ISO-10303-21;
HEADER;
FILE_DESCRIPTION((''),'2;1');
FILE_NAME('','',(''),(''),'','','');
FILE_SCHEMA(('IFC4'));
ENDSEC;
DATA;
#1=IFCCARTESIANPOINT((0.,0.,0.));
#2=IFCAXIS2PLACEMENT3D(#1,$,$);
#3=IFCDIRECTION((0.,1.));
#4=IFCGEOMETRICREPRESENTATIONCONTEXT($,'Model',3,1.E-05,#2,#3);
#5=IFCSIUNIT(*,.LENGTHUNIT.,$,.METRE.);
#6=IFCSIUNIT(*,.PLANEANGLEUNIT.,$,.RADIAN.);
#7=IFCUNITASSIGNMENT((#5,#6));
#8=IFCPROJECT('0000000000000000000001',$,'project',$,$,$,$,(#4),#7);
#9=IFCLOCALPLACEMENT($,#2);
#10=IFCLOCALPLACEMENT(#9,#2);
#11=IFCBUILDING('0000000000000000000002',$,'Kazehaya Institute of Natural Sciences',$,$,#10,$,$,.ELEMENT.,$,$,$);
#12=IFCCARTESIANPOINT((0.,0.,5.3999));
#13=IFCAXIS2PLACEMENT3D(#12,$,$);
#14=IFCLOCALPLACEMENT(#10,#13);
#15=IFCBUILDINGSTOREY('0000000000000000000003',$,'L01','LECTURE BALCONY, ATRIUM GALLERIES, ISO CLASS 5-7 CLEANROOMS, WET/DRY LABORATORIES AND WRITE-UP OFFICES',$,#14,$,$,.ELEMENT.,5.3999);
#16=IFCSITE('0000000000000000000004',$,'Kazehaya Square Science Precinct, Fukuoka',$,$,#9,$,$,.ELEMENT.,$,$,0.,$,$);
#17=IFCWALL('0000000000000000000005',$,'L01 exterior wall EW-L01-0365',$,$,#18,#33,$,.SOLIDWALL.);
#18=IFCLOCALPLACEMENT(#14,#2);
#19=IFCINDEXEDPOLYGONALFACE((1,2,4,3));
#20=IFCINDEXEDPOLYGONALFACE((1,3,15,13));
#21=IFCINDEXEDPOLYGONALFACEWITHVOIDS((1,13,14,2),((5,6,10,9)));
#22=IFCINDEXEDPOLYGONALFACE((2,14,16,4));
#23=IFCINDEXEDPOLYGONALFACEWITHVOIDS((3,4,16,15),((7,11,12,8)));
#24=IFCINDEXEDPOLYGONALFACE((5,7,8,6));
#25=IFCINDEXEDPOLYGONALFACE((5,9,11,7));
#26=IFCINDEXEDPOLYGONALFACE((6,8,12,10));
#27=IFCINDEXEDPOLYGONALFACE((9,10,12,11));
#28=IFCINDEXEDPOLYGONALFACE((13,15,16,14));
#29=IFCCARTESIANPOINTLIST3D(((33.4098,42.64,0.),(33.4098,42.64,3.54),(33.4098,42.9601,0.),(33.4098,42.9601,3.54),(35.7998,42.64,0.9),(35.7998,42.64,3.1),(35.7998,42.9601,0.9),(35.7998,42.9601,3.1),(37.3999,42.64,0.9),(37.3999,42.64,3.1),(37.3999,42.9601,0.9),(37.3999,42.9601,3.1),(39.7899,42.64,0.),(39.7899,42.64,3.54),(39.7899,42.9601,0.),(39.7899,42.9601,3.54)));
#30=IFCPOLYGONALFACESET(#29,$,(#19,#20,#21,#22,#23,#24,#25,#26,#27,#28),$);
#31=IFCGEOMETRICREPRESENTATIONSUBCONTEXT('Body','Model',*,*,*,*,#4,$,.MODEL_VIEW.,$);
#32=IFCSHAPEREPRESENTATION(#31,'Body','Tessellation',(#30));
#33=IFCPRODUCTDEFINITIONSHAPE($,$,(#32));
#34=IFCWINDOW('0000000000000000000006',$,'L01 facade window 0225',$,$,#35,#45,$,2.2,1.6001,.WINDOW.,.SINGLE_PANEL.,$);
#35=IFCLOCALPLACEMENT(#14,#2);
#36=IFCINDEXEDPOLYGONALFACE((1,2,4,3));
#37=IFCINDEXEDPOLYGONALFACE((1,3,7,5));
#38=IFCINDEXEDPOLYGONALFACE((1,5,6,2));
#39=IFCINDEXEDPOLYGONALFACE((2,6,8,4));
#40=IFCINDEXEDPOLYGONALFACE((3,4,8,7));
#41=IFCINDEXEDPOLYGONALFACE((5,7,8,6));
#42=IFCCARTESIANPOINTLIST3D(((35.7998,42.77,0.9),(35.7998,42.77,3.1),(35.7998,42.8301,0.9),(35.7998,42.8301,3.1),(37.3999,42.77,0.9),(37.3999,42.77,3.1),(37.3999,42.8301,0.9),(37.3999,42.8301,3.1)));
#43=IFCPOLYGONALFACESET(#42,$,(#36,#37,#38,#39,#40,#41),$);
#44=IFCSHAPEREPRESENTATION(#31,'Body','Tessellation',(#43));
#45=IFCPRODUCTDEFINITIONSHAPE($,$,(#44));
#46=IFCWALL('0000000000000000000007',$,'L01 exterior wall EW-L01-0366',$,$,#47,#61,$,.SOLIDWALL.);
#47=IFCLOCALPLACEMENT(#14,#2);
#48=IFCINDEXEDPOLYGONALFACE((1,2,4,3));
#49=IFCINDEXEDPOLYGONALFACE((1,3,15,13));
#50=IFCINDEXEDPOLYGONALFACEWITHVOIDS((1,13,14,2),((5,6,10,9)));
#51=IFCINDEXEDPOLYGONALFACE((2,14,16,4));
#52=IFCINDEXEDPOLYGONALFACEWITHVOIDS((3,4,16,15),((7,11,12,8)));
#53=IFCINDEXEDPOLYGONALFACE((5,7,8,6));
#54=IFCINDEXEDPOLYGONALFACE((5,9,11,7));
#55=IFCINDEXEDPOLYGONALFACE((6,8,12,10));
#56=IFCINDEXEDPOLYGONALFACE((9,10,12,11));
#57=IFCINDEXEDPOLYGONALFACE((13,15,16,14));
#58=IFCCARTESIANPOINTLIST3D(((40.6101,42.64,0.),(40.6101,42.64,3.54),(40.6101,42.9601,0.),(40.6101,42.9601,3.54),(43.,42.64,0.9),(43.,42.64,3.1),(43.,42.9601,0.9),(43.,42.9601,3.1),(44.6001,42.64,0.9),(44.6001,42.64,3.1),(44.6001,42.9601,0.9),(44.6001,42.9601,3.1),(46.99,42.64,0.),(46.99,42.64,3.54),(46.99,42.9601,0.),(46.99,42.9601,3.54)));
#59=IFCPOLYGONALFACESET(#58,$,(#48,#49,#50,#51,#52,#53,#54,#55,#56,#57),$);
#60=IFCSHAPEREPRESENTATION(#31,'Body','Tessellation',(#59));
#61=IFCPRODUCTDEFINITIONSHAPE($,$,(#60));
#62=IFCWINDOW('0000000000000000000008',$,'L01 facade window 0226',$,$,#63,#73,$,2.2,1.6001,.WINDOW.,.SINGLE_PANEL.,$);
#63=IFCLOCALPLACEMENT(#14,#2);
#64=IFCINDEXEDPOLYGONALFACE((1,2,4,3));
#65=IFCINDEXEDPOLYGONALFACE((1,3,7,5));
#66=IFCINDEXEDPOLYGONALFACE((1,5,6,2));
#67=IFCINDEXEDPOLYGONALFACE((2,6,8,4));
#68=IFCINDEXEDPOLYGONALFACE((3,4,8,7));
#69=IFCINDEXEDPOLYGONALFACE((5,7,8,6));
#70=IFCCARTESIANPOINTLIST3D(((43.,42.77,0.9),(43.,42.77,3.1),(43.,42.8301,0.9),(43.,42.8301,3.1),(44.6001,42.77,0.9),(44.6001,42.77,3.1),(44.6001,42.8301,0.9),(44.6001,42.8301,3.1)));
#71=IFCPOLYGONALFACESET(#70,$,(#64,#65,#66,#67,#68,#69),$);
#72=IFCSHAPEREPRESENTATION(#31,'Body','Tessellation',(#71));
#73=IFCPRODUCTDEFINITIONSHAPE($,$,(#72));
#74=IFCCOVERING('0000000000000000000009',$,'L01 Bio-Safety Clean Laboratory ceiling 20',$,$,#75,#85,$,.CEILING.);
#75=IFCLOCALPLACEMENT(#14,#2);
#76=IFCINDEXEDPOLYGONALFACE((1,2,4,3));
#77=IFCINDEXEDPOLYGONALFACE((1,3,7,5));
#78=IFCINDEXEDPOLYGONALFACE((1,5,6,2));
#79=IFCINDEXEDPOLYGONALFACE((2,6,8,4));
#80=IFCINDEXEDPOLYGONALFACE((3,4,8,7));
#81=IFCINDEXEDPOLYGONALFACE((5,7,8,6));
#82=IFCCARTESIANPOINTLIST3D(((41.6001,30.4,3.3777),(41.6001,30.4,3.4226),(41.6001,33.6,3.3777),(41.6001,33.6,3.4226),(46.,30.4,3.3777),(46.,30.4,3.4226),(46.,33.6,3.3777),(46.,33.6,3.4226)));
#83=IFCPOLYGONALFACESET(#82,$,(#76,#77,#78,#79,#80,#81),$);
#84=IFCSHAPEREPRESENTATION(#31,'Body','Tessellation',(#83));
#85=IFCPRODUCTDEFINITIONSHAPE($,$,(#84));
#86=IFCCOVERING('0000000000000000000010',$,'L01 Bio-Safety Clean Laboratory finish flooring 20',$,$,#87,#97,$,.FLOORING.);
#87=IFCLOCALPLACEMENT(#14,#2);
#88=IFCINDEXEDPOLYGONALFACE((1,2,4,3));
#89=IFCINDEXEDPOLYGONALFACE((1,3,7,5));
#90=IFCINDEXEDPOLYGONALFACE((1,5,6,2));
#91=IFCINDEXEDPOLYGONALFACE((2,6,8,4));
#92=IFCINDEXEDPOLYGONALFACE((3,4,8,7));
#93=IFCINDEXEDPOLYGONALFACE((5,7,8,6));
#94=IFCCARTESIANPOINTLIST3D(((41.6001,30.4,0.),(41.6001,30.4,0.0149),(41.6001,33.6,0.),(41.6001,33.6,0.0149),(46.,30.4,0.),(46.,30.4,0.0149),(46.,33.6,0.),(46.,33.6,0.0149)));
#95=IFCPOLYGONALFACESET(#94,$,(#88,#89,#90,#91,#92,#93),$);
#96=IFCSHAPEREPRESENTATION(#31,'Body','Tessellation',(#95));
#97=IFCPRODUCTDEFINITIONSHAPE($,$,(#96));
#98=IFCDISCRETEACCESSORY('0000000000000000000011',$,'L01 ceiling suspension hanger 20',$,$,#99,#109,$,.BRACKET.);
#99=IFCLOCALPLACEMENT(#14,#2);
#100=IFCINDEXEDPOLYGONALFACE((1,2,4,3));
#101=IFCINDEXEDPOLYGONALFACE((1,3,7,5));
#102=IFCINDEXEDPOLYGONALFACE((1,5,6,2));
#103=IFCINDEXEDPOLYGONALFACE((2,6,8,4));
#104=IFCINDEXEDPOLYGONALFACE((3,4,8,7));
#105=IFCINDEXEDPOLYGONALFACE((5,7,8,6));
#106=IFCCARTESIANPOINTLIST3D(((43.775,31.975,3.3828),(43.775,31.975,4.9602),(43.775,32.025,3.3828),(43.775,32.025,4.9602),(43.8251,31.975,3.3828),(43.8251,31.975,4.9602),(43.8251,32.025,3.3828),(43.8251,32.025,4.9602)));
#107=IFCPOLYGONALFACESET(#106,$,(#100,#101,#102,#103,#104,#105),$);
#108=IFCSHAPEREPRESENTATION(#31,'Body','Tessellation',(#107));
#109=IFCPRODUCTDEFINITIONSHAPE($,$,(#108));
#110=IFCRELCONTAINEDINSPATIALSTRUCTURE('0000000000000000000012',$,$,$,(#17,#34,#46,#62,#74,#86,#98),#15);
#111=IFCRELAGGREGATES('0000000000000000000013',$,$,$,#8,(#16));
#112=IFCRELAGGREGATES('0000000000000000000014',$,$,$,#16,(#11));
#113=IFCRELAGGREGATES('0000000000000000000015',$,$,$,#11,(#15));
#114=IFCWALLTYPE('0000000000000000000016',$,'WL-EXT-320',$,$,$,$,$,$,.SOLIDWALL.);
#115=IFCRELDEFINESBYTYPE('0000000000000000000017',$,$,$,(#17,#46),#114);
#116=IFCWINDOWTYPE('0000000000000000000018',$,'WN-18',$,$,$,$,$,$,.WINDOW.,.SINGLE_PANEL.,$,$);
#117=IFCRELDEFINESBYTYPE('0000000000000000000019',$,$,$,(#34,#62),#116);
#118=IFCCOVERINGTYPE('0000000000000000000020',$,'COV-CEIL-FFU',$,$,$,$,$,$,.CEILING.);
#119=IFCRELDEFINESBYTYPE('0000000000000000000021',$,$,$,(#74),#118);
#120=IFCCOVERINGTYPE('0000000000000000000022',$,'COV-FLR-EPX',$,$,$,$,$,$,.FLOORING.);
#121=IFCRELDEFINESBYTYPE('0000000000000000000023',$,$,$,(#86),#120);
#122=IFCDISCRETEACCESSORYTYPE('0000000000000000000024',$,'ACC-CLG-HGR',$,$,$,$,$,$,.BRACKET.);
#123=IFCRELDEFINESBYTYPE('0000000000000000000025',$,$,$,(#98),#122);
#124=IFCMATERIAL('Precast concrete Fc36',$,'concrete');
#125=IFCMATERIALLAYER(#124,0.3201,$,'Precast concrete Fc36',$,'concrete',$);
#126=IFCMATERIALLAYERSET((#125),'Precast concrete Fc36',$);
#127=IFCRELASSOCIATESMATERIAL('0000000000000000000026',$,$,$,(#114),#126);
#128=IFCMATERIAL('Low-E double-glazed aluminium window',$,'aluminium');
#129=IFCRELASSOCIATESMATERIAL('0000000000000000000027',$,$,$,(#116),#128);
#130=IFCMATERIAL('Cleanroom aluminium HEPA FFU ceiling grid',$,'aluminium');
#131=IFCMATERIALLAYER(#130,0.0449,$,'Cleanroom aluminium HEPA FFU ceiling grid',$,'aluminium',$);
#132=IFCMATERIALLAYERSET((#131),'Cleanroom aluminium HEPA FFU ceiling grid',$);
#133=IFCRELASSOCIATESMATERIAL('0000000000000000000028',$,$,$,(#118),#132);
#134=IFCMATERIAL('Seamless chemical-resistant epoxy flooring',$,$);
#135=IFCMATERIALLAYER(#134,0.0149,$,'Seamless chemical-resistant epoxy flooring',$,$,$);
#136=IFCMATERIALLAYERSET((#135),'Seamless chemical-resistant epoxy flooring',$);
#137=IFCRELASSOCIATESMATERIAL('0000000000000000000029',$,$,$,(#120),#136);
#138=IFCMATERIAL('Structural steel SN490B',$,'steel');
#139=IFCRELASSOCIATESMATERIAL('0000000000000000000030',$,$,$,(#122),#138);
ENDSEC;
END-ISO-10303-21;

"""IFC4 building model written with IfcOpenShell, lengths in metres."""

from ifc_helpers import new_model, si_unit, direction, frame, frame_2d, origin, origin_2d, place, context, subcontext, project, spatial, rectangle, extrude, material, layer, layer_set, type_object, element, fill, save


model = new_model("IFC4")

# Units and contexts
model_context = context("Model", 3, precision=1e-05, world=origin(), true_north=direction((0.0, 1.0)))
body_context = subcontext(model_context, "Body", "Model", "MODEL_VIEW")
ifc_project = project(units=[si_unit("LENGTHUNIT", "METRE"), si_unit("PLANEANGLEUNIT", "RADIAN")], contexts=[model_context])

# Site, building, storey
site_placement = place(None, origin())
site = spatial("IfcSite", under=ifc_project, at=site_placement, Name="Kazehaya Square Science Precinct, Fukuoka", CompositionType="ELEMENT", RefElevation=0.0)
building_placement = place(site_placement, origin())
building = spatial("IfcBuilding", under=site, at=building_placement, Name="Kazehaya Institute of Natural Sciences", CompositionType="ELEMENT")
storey_placement = place(building_placement, frame((0.0, 0.0, 5.3999)))
storey = spatial("IfcBuildingStorey", under=building, at=storey_placement, Name="L01", Description="LECTURE BALCONY, ATRIUM GALLERIES, ISO CLASS 5-7 CLEANROOMS, WET/DRY LABORATORIES AND WRITE-UP OFFICES", CompositionType="ELEMENT", Elevation=5.3999)

# Shared definitions
ifc_material_1 = material(Name="Structural steel SN490B", Category="steel")

# Walls, openings, windows
ifc_material_2 = material(Name="Precast concrete Fc36", Category="concrete")
ifc_layer_1 = layer(ifc_material_2, 0.3201, Name="Precast concrete Fc36", Category="concrete")
ifc_layer_set_1 = layer_set([ifc_layer_1], Name="Precast concrete Fc36")
wall_type = type_object("IfcWallType", Name="WL-EXT-320", PredefinedType="SOLIDWALL", material=ifc_layer_set_1)
wall_1_placement = place(storey_placement, frame((33.4099, 42.8, 0.0), z_axis=(0.0, 0.0, 1.0), x_axis=(1.0, 0.0, 0.0)))
wall_1 = element("IfcWall", 1, at=wall_1_placement, inside=storey, type_object=wall_type, Name="L01 exterior wall EW-L01-0365", PredefinedType="SOLIDWALL", context=body_context, shape_type="SweptSolid", body=[
    extrude(rectangle(XDim=6.3801, YDim=0.3201, at=frame_2d((3.1899, 0.0))), origin(), (0.0, 0.0, 1.0), 3.54),
])
opening_1_placement = place(wall_1_placement, frame((2.3899, 0.0, 0.8999)))
opening_1 = element("IfcOpeningElement", 2, at=opening_1_placement, cuts=wall_1, PredefinedType="OPENING", context=body_context, shape_type="SweptSolid", body=[
    extrude(rectangle(XDim=1.6001, YDim=2.2, at=frame_2d((0.8, 1.1001))), frame((0.0, 0.1699, 0.0), z_axis=(0.0, -1.0, 0.0), x_axis=(1.0, 0.0, 0.0)), (0.0, 0.0, 1.0), 0.3401),
])
ifc_material_3 = material(Name="Low-E double-glazed aluminium window", Category="aluminium")
window_type = type_object("IfcWindowType", Name="WN-18", PartitioningType="SINGLE_PANEL", PredefinedType="WINDOW", material=ifc_material_3)
window_1_placement = place(opening_1_placement, origin())
window_1 = element("IfcWindow", 3, at=window_1_placement, inside=storey, type_object=window_type, Name="L01 facade window 0225", OverallHeight=2.2, OverallWidth=1.6001, PartitioningType="SINGLE_PANEL", PredefinedType="WINDOW", context=body_context, shape_type="SweptSolid", body=[
    extrude(rectangle(XDim=1.6001, YDim=2.2, at=frame_2d((0.8, 1.1001))), frame((0.0, 0.03, 0.0), z_axis=(0.0, -1.0, 0.0), x_axis=(1.0, 0.0, 0.0)), (0.0, 0.0, 1.0), 0.0601),
])
fill(opening_1, window_1)
wall_2_placement = place(storey_placement, frame((40.6101, 42.8, 0.0), z_axis=(0.0, 0.0, 1.0), x_axis=(1.0, 0.0, 0.0)))
wall_2 = element("IfcWall", 4, at=wall_2_placement, inside=storey, type_object=wall_type, Name="L01 exterior wall EW-L01-0366", PredefinedType="SOLIDWALL", context=body_context, shape_type="SweptSolid", body=[
    extrude(rectangle(XDim=6.3799, YDim=0.3201, at=frame_2d((3.1899, 0.0))), origin(), (0.0, 0.0, 1.0), 3.54),
])
opening_2_placement = place(wall_2_placement, frame((2.3899, 0.0, 0.8999)))
opening_2 = element("IfcOpeningElement", 5, at=opening_2_placement, cuts=wall_2, PredefinedType="OPENING", context=body_context, shape_type="SweptSolid", body=[
    extrude(rectangle(XDim=1.6001, YDim=2.2, at=frame_2d((0.8, 1.1001))), frame((0.0, 0.1699, 0.0), z_axis=(0.0, -1.0, 0.0), x_axis=(1.0, 0.0, 0.0)), (0.0, 0.0, 1.0), 0.3401),
])
window_2_placement = place(opening_2_placement, origin())
window_2 = element("IfcWindow", 6, at=window_2_placement, inside=storey, type_object=window_type, Name="L01 facade window 0226", OverallHeight=2.2, OverallWidth=1.6001, PartitioningType="SINGLE_PANEL", PredefinedType="WINDOW", context=body_context, shape_type="SweptSolid", body=[
    extrude(rectangle(XDim=1.6001, YDim=2.2, at=frame_2d((0.8, 1.1001))), frame((0.0, 0.03, 0.0), z_axis=(0.0, -1.0, 0.0), x_axis=(1.0, 0.0, 0.0)), (0.0, 0.0, 1.0), 0.0601),
])
fill(opening_2, window_2)

# Coverings
ifc_material_4 = material(Name="Cleanroom aluminium HEPA FFU ceiling grid", Category="aluminium")
ifc_layer_2 = layer(ifc_material_4, 0.0449, Name="Cleanroom aluminium HEPA FFU ceiling grid", Category="aluminium")
ifc_layer_set_2 = layer_set([ifc_layer_2], Name="Cleanroom aluminium HEPA FFU ceiling grid")
covering_type_1 = type_object("IfcCoveringType", Name="COV-CEIL-FFU", PredefinedType="CEILING", material=ifc_layer_set_2)
covering_1_placement = place(storey_placement, frame((43.8, 32.0, 3.3777), z_axis=(0.0, 0.0, 1.0), x_axis=(1.0, 0.0, 0.0)))
element("IfcCovering", 7, at=covering_1_placement, inside=storey, type_object=covering_type_1, Name="L01 Bio-Safety Clean Laboratory ceiling 20", PredefinedType="CEILING", context=body_context, shape_type="SweptSolid", body=[
    extrude(rectangle(XDim=4.3999, YDim=3.2, at=origin_2d()), origin(), (0.0, 0.0, 1.0), 0.0449),
])
ifc_material_5 = material(Name="Seamless chemical-resistant epoxy flooring")
ifc_layer_3 = layer(ifc_material_5, 0.0149, Name="Seamless chemical-resistant epoxy flooring")
ifc_layer_set_3 = layer_set([ifc_layer_3], Name="Seamless chemical-resistant epoxy flooring")
covering_type_2 = type_object("IfcCoveringType", Name="COV-FLR-EPX", PredefinedType="FLOORING", material=ifc_layer_set_3)
covering_2_placement = place(storey_placement, frame((43.8, 32.0, 0.0), z_axis=(0.0, 0.0, 1.0), x_axis=(1.0, 0.0, 0.0)))
element("IfcCovering", 8, at=covering_2_placement, inside=storey, type_object=covering_type_2, Name="L01 Bio-Safety Clean Laboratory finish flooring 20", PredefinedType="FLOORING", context=body_context, shape_type="SweptSolid", body=[
    extrude(rectangle(XDim=4.3999, YDim=3.2, at=origin_2d()), origin(), (0.0, 0.0, 1.0), 0.0149),
])

# Discrete accessory
discrete_accessory_type = type_object("IfcDiscreteAccessoryType", Name="ACC-CLG-HGR", PredefinedType="BRACKET", material=ifc_material_1)
discrete_accessory_placement = place(storey_placement, frame((43.8, 32.0, 3.3828), z_axis=(0.0, 0.0, 1.0), x_axis=(1.0, 0.0, 0.0)))
element("IfcDiscreteAccessory", 9, at=discrete_accessory_placement, inside=storey, type_object=discrete_accessory_type, Name="L01 ceiling suspension hanger 20", PredefinedType="BRACKET", context=body_context, shape_type="SweptSolid", body=[
    extrude(rectangle(XDim=0.05, YDim=0.05, at=origin_2d()), origin(), (0.0, 0.0, 1.0), 1.5774),
])

save(model, "model.ifc")
